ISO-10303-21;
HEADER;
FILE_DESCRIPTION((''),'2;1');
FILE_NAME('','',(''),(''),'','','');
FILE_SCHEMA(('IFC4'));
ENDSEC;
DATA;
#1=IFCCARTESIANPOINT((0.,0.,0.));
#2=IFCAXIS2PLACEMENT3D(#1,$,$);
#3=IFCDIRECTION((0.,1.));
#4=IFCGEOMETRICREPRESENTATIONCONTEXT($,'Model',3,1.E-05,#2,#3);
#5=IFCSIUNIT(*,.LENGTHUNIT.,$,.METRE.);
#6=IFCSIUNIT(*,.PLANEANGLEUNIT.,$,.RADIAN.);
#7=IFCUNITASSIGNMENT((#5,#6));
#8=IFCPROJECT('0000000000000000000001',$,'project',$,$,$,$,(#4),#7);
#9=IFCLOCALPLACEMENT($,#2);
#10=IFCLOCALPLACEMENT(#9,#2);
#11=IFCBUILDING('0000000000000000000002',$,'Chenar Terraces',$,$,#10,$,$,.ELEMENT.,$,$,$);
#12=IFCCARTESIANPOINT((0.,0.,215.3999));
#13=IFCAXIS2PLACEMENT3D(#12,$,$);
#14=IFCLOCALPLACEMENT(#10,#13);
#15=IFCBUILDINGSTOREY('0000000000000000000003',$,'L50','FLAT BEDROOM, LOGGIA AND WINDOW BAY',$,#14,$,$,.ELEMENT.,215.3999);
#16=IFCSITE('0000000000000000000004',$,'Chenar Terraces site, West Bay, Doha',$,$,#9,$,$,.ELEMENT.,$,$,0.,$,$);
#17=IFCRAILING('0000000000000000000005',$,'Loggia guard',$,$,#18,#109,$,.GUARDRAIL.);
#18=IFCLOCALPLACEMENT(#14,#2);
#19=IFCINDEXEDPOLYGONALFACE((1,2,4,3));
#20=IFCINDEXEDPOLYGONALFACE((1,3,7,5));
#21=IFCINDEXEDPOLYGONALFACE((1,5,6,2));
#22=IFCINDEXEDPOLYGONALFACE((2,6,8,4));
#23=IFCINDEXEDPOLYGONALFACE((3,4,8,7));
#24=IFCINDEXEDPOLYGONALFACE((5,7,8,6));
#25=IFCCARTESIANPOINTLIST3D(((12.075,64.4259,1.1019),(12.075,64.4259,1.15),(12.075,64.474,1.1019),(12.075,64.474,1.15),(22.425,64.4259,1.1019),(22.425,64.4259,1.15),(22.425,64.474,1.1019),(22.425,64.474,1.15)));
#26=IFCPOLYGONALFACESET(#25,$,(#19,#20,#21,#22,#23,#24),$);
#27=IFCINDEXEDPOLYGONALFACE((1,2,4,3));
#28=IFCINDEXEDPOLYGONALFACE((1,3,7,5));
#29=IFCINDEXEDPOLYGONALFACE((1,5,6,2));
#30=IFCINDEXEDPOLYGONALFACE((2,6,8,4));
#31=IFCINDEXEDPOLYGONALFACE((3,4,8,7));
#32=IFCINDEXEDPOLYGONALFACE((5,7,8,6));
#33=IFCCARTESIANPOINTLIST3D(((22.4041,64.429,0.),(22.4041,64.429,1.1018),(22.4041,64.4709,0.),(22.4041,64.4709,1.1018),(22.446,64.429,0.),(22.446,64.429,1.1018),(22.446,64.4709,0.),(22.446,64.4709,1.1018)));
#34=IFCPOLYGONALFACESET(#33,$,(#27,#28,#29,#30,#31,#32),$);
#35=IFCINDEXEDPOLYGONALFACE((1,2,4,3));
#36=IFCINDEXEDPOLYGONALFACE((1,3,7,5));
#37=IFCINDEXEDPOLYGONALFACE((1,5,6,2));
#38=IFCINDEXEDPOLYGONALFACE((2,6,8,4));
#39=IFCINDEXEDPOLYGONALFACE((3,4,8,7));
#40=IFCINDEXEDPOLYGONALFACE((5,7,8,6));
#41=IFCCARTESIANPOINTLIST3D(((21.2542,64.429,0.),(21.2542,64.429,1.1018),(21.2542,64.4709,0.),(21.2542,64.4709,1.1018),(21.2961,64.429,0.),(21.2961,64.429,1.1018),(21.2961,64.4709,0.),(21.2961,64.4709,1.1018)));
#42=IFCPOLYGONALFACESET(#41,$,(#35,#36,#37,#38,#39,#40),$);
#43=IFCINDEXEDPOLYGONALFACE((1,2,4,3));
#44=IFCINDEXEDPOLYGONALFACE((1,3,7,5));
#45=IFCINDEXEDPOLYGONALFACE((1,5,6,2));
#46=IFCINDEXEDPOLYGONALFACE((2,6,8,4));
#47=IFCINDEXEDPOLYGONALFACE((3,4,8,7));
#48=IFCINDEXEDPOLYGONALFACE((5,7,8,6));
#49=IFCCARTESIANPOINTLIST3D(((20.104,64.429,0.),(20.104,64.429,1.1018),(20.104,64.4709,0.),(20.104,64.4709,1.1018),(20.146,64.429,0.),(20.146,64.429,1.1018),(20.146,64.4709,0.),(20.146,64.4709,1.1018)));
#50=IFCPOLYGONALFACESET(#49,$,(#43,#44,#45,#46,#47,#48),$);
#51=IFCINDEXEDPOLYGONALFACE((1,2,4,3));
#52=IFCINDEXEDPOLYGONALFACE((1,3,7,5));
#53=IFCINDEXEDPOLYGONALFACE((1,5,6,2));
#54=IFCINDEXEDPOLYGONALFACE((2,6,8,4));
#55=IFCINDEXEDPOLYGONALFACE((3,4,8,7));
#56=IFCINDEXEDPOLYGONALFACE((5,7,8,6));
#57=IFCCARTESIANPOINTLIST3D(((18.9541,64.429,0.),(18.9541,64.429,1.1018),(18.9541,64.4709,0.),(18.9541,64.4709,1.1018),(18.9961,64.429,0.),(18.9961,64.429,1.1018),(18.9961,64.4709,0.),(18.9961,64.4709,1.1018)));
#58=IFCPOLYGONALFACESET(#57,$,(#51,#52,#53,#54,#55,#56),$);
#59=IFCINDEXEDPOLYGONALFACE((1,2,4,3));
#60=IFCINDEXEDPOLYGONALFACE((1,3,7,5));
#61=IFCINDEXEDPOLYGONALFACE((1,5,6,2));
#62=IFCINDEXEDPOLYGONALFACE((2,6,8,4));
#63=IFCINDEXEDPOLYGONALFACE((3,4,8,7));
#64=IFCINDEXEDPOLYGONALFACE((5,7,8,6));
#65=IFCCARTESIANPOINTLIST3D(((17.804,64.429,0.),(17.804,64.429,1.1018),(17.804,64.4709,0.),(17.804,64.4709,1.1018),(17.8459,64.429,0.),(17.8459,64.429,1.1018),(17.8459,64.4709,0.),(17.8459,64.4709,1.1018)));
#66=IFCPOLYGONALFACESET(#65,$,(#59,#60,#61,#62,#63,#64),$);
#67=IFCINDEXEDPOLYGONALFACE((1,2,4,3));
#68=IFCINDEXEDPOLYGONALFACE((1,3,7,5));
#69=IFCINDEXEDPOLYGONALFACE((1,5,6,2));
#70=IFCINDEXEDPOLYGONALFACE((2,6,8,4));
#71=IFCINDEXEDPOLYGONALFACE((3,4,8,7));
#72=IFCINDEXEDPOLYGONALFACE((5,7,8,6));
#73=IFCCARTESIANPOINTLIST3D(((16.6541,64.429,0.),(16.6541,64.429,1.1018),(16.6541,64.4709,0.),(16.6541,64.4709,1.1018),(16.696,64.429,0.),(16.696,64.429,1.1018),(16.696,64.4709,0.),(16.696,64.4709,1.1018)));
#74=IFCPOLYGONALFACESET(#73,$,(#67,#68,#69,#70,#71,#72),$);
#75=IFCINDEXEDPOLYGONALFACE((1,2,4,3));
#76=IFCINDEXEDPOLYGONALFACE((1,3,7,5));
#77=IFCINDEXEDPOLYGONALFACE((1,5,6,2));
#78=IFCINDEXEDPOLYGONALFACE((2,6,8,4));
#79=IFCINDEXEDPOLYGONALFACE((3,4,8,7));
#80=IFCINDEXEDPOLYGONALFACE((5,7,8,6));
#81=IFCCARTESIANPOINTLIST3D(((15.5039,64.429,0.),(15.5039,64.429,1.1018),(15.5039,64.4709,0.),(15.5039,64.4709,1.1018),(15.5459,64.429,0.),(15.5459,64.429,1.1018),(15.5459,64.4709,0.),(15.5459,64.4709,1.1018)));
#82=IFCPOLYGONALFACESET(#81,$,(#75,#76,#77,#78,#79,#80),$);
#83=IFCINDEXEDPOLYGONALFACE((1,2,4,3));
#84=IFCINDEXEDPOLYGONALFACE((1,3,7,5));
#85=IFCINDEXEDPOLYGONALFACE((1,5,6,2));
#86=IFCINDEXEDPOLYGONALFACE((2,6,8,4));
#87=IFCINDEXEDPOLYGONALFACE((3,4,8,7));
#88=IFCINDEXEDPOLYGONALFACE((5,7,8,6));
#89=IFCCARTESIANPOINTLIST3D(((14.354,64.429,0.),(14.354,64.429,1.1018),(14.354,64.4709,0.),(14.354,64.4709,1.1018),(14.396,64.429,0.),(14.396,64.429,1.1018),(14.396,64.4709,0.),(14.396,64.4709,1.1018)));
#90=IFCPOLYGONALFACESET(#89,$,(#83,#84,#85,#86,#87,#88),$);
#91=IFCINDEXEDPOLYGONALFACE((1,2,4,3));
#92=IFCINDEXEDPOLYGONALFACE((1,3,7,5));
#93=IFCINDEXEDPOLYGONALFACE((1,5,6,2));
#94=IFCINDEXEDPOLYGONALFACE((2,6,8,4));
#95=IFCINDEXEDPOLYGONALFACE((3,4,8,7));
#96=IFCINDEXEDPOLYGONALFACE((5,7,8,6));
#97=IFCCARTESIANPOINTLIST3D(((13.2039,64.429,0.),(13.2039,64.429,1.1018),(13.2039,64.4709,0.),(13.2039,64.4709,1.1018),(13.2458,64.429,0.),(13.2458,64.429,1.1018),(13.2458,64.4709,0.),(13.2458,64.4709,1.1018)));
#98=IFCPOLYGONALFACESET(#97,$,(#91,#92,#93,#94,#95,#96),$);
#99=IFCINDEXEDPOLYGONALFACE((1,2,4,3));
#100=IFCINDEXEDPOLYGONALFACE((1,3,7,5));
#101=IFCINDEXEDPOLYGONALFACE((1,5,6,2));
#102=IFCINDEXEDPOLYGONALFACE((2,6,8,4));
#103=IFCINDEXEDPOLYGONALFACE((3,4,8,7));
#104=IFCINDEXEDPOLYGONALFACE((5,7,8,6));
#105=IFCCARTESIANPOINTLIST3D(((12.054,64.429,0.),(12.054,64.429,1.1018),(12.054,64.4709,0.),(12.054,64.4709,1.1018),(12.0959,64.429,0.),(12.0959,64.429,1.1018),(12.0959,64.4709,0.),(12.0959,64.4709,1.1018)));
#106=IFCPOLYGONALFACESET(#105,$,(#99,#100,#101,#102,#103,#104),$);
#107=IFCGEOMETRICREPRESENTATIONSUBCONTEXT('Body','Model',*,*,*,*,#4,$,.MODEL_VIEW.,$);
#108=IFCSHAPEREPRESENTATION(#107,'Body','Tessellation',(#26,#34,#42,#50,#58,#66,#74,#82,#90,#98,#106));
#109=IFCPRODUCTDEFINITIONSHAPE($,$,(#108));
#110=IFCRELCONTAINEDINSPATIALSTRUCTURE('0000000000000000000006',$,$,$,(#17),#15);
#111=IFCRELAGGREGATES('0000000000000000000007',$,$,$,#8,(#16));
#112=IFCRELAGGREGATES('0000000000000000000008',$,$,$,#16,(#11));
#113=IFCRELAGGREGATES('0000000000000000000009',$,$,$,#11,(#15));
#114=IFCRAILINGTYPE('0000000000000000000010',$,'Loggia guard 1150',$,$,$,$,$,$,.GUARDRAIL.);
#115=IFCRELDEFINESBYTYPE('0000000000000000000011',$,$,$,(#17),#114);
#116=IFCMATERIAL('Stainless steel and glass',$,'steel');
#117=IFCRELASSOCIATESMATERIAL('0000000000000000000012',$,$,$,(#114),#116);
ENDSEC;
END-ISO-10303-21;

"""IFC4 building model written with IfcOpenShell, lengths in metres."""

from ifc_helpers import new_model, si_unit, direction, frame, origin, origin_2d, place, context, subcontext, project, spatial, rectangle, extrude, material, type_object, element, save


model = new_model("IFC4")

# Units and contexts
model_context = context("Model", 3, precision=1e-05, world=origin(), true_north=direction((0.0, 1.0)))
body_context = subcontext(model_context, "Body", "Model", "MODEL_VIEW")
ifc_project = project(units=[si_unit("LENGTHUNIT", "METRE"), si_unit("PLANEANGLEUNIT", "RADIAN")], contexts=[model_context])

# Site, building, storey
site_placement = place(None, origin())
site = spatial("IfcSite", under=ifc_project, at=site_placement, Name="Chenar Terraces site, West Bay, Doha", CompositionType="ELEMENT", RefElevation=0.0)
building_placement = place(site_placement, origin())
building = spatial("IfcBuilding", under=site, at=building_placement, Name="Chenar Terraces", CompositionType="ELEMENT")
storey_placement = place(building_placement, frame((0.0, 0.0, 215.3999)))
storey = spatial("IfcBuildingStorey", under=building, at=storey_placement, Name="L50", Description="FLAT BEDROOM, LOGGIA AND WINDOW BAY", CompositionType="ELEMENT", Elevation=215.3999)

# Railing
ifc_material_1 = material(Name="Stainless steel and glass", Category="steel")
railing_type_1 = type_object("IfcRailingType", Name="Loggia guard 1150", PredefinedType="GUARDRAIL", material=ifc_material_1)
railing_1_placement = place(storey_placement, frame((22.425, 64.45, 0.0)))
element("IfcRailing", 1, at=railing_1_placement, inside=storey, type_object=railing_type_1, Name="Loggia guard", PredefinedType="GUARDRAIL", context=body_context, shape_type="SweptSolid", body=[
    extrude(rectangle(XDim=0.0481, YDim=0.0481, at=origin_2d()), frame((0.0, 0.0, 1.126), z_axis=(-1.0, 0.0, 0.0), x_axis=(0.0, -1.0, 0.0)), (0.0, 0.0, 1.0), 10.3501),
    extrude(rectangle(XDim=0.042, YDim=0.042, at=origin_2d()), origin(), (0.0, 0.0, 1.0), 1.1018),
    extrude(rectangle(XDim=0.042, YDim=0.042, at=origin_2d()), frame((-1.1499, 0.0, 0.0)), (0.0, 0.0, 1.0), 1.1018),
    extrude(rectangle(XDim=0.042, YDim=0.042, at=origin_2d()), frame((-2.3, 0.0, 0.0)), (0.0, 0.0, 1.0), 1.1018),
    extrude(rectangle(XDim=0.042, YDim=0.042, at=origin_2d()), frame((-3.45, 0.0, 0.0)), (0.0, 0.0, 1.0), 1.1018),
    extrude(rectangle(XDim=0.042, YDim=0.042, at=origin_2d()), frame((-4.6001, 0.0, 0.0)), (0.0, 0.0, 1.0), 1.1018),
    extrude(rectangle(XDim=0.042, YDim=0.042, at=origin_2d()), frame((-5.75, 0.0, 0.0)), (0.0, 0.0, 1.0), 1.1018),
    extrude(rectangle(XDim=0.042, YDim=0.042, at=origin_2d()), frame((-6.9001, 0.0, 0.0)), (0.0, 0.0, 1.0), 1.1018),
    extrude(rectangle(XDim=0.042, YDim=0.042, at=origin_2d()), frame((-8.05, 0.0, 0.0)), (0.0, 0.0, 1.0), 1.1018),
    extrude(rectangle(XDim=0.042, YDim=0.042, at=origin_2d()), frame((-9.2002, 0.0, 0.0)), (0.0, 0.0, 1.0), 1.1018),
    extrude(rectangle(XDim=0.042, YDim=0.042, at=origin_2d()), frame((-10.3501, 0.0, 0.0)), (0.0, 0.0, 1.0), 1.1018),
])

save(model, "model.ifc")
